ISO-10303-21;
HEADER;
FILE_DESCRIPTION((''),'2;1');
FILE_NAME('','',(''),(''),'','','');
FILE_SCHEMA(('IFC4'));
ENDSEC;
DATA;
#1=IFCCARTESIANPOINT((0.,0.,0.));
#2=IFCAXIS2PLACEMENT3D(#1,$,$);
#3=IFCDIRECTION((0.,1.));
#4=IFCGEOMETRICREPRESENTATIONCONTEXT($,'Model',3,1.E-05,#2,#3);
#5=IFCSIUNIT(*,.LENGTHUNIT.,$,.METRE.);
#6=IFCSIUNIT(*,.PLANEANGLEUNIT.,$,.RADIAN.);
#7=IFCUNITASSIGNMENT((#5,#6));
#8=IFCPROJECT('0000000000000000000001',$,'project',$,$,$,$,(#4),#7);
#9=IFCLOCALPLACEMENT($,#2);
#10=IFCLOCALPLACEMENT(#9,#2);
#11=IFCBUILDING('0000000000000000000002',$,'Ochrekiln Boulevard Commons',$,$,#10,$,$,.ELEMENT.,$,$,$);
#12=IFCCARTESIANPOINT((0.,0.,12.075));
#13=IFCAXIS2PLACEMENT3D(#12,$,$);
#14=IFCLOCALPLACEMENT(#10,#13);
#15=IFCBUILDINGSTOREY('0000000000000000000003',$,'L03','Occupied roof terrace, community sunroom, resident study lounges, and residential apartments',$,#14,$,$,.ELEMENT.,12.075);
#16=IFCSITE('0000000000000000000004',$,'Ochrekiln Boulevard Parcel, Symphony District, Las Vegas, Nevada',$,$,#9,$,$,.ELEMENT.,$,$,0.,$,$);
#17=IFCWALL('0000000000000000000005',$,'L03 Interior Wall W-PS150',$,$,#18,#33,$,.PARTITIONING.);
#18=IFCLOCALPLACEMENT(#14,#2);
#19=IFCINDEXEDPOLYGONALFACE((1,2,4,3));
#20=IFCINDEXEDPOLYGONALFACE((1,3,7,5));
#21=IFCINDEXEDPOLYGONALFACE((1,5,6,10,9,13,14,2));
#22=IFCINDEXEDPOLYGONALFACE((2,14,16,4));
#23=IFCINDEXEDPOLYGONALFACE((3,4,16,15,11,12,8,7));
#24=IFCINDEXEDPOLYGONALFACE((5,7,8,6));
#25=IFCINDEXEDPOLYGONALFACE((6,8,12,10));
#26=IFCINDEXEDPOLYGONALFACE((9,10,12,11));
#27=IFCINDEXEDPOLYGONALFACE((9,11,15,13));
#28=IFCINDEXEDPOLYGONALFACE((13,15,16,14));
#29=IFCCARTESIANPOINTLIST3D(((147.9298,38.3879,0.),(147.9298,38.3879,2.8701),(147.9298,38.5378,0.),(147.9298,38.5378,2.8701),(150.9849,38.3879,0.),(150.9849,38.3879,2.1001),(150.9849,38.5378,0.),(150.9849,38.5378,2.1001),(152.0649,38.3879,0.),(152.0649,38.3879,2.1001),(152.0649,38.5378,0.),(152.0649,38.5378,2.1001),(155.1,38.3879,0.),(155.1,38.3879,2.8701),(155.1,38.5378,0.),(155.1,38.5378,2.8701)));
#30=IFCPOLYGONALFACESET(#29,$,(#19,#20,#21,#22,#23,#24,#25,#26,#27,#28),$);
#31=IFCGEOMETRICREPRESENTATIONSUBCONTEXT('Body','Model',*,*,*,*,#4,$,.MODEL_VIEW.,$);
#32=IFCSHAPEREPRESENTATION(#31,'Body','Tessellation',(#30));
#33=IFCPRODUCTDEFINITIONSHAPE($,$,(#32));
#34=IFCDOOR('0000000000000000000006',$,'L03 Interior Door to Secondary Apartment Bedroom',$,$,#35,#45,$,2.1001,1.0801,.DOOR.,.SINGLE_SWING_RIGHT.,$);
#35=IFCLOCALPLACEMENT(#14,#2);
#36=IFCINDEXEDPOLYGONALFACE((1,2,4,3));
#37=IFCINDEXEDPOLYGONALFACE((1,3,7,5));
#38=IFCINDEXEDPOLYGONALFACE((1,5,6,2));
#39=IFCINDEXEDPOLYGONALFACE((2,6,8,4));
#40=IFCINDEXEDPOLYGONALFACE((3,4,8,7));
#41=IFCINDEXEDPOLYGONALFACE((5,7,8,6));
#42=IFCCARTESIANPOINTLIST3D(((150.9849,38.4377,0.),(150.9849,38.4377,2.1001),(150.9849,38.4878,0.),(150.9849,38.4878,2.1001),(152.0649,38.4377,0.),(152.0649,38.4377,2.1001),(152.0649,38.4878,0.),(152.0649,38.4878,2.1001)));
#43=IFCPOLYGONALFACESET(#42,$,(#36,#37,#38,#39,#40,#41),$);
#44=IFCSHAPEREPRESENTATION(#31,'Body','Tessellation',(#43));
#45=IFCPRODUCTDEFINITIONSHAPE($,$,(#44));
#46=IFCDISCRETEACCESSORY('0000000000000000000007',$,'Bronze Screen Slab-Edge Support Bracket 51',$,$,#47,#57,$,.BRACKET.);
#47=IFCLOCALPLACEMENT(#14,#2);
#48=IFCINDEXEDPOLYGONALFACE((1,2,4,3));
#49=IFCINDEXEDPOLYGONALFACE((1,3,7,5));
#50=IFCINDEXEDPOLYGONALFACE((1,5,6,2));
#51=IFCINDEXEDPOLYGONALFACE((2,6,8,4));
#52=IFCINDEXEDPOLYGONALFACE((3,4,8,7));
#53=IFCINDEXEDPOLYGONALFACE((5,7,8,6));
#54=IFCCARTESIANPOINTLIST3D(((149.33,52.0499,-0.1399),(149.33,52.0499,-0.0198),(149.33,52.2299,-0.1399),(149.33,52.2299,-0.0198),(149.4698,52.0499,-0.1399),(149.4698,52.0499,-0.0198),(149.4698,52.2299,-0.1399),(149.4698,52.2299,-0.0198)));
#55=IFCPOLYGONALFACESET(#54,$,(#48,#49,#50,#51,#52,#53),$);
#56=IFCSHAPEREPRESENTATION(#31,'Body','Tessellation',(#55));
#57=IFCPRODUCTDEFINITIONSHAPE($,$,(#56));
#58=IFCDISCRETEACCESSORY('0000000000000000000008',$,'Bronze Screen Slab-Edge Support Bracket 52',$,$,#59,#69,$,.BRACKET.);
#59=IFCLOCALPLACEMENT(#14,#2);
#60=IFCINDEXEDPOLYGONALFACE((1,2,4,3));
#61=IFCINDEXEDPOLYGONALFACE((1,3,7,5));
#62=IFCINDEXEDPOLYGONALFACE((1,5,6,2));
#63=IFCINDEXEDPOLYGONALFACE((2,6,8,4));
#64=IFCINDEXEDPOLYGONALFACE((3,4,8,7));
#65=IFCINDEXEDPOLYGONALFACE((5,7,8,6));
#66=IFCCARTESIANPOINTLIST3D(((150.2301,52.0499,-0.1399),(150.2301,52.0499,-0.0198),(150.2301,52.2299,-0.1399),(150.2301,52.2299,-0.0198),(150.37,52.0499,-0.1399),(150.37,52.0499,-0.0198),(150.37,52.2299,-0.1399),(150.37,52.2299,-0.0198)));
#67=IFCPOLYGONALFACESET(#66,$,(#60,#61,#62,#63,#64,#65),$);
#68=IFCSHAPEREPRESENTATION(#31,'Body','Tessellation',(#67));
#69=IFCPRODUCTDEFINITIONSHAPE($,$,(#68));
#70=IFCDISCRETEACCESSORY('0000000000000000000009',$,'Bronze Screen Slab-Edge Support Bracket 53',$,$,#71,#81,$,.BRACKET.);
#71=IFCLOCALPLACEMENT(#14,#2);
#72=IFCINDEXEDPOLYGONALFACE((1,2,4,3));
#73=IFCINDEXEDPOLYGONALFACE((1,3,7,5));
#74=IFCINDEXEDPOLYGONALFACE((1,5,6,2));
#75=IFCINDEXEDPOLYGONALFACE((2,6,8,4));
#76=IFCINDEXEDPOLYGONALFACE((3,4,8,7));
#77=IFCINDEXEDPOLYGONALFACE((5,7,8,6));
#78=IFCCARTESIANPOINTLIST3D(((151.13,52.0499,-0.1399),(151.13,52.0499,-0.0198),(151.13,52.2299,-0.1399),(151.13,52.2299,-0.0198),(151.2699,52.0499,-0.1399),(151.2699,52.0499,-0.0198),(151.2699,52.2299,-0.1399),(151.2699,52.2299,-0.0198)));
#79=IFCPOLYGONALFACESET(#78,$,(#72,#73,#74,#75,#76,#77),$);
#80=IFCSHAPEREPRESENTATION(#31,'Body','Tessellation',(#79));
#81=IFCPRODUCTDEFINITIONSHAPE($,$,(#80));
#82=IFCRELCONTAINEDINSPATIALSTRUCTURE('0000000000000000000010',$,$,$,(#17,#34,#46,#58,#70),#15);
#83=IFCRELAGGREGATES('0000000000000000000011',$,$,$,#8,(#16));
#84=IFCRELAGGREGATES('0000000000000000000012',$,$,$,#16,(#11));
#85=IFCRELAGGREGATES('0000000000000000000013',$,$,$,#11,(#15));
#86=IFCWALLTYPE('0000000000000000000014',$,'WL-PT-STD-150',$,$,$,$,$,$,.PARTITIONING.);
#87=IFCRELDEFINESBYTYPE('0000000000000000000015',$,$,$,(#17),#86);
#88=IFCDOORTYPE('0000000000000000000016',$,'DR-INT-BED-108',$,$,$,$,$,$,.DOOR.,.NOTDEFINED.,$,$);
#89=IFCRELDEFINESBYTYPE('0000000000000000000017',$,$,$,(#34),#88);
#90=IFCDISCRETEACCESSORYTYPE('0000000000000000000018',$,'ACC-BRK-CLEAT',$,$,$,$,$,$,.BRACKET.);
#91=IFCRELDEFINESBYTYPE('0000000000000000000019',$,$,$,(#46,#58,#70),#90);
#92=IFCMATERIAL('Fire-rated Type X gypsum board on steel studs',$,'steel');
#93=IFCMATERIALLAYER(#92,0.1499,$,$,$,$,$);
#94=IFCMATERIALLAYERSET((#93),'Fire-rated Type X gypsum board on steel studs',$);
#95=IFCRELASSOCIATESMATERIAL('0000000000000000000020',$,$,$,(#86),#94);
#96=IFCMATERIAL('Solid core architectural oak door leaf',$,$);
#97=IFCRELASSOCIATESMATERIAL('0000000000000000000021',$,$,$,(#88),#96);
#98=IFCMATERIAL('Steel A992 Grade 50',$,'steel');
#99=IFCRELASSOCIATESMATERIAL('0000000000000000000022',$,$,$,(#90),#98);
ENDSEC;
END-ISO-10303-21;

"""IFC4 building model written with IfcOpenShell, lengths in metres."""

from ifc_helpers import new_model, si_unit, direction, frame, frame_2d, origin, origin_2d, place, context, subcontext, project, spatial, rectangle, extrude, material, layer, layer_set, type_object, element, fill, save


model = new_model("IFC4")

# Units and contexts
model_context = context("Model", 3, precision=1e-05, world=origin(), true_north=direction((0.0, 1.0)))
body_context = subcontext(model_context, "Body", "Model", "MODEL_VIEW")
ifc_project = project(units=[si_unit("LENGTHUNIT", "METRE"), si_unit("PLANEANGLEUNIT", "RADIAN")], contexts=[model_context])

# Site, building, storey
site_placement = place(None, origin())
site = spatial("IfcSite", under=ifc_project, at=site_placement, Name="Ochrekiln Boulevard Parcel, Symphony District, Las Vegas, Nevada", CompositionType="ELEMENT", RefElevation=0.0)
building_placement = place(site_placement, origin())
building = spatial("IfcBuilding", under=site, at=building_placement, Name="Ochrekiln Boulevard Commons", CompositionType="ELEMENT")
storey_placement = place(building_placement, frame((0.0, 0.0, 12.075)))
storey = spatial("IfcBuildingStorey", under=building, at=storey_placement, Name="L03", Description="Occupied roof terrace, community sunroom, resident study lounges, and residential apartments", CompositionType="ELEMENT", Elevation=12.075)

# Shared definitions
ifc_material_1 = material(Name="Fire-rated Type X gypsum board on steel studs", Category="steel")

# Wall, opening, door
ifc_layer_1 = layer(ifc_material_1, 0.1499)
ifc_layer_set_1 = layer_set([ifc_layer_1], Name="Fire-rated Type X gypsum board on steel studs")
wall_type_1 = type_object("IfcWallType", Name="WL-PT-STD-150", PredefinedType="PARTITIONING", material=ifc_layer_set_1)
ifc_material_2 = material(Name="Solid core architectural oak door leaf")
wall_1_placement = place(storey_placement, frame((147.9299, 38.4629, 0.0), z_axis=(0.0, 0.0, 1.0), x_axis=(1.0, 0.0, 0.0)))
wall_1 = element("IfcWall", 1, at=wall_1_placement, inside=storey, type_object=wall_type_1, Name="L03 Interior Wall W-PS150", PredefinedType="PARTITIONING", context=body_context, shape_type="SweptSolid", body=[
    extrude(rectangle(XDim=7.1702, YDim=0.1499, at=frame_2d((3.585, 0.0))), origin(), (0.0, 0.0, 1.0), 2.8701),
])
opening_1_placement = place(wall_1_placement, frame((3.0549, 0.0, 0.0)))
opening_1 = element("IfcOpeningElement", 2, at=opening_1_placement, cuts=wall_1, PredefinedType="OPENING", context=body_context, shape_type="SweptSolid", body=[
    extrude(rectangle(XDim=1.0801, YDim=2.1001, at=frame_2d((0.54, 1.05))), frame((0.0, 0.085, 0.0), z_axis=(0.0, -1.0, 0.0), x_axis=(1.0, 0.0, 0.0)), (0.0, 0.0, 1.0), 0.1699),
])
door_type_1 = type_object("IfcDoorType", Name="DR-INT-BED-108", OperationType="NOTDEFINED", PredefinedType="DOOR", material=ifc_material_2)
door_1_placement = place(opening_1_placement, origin())
door_1 = element("IfcDoor", 3, at=door_1_placement, inside=storey, type_object=door_type_1, Name="L03 Interior Door to Secondary Apartment Bedroom", OperationType="SINGLE_SWING_RIGHT", OverallHeight=2.1001, OverallWidth=1.0801, PredefinedType="DOOR", context=body_context, shape_type="SweptSolid", body=[
    extrude(rectangle(XDim=1.0801, YDim=2.1001, at=frame_2d((0.54, 1.05))), frame((0.0, 0.0249, 0.0), z_axis=(0.0, -1.0, 0.0), x_axis=(1.0, 0.0, 0.0)), (0.0, 0.0, 1.0), 0.05),
])
fill(opening_1, door_1)

# Discrete accessories
ifc_material_3 = material(Name="Steel A992 Grade 50", Category="steel")
discrete_accessory_type = type_object("IfcDiscreteAccessoryType", Name="ACC-BRK-CLEAT", PredefinedType="BRACKET", material=ifc_material_3)
for number, where, z_axis, x_axis, name in (
    (4, (149.3999, 52.1399, -0.1399), (0.0, 0.0, 1.0), (1.0, 0.0, 0.0), "Bronze Screen Slab-Edge Support Bracket 51"),
    (5, (150.3, 52.1399, -0.1399), (0.0, 0.0, 1.0), (1.0, 0.0, 0.0), "Bronze Screen Slab-Edge Support Bracket 52"),
    (6, (151.2, 52.1399, -0.1399), (0.0, 0.0, 1.0), (1.0, 0.0, 0.0), "Bronze Screen Slab-Edge Support Bracket 53"),
):
    element("IfcDiscreteAccessory", number, at=place(storey_placement, frame(where, z_axis=z_axis, x_axis=x_axis)), inside=storey, type_object=discrete_accessory_type, Name=name, PredefinedType="BRACKET", context=body_context, shape_type="SweptSolid", body=[
        extrude(rectangle(XDim=0.1399, YDim=0.1799, at=origin_2d()), origin(), (0.0, 0.0, 1.0), 0.1201),
    ])

save(model, "model.ifc")
